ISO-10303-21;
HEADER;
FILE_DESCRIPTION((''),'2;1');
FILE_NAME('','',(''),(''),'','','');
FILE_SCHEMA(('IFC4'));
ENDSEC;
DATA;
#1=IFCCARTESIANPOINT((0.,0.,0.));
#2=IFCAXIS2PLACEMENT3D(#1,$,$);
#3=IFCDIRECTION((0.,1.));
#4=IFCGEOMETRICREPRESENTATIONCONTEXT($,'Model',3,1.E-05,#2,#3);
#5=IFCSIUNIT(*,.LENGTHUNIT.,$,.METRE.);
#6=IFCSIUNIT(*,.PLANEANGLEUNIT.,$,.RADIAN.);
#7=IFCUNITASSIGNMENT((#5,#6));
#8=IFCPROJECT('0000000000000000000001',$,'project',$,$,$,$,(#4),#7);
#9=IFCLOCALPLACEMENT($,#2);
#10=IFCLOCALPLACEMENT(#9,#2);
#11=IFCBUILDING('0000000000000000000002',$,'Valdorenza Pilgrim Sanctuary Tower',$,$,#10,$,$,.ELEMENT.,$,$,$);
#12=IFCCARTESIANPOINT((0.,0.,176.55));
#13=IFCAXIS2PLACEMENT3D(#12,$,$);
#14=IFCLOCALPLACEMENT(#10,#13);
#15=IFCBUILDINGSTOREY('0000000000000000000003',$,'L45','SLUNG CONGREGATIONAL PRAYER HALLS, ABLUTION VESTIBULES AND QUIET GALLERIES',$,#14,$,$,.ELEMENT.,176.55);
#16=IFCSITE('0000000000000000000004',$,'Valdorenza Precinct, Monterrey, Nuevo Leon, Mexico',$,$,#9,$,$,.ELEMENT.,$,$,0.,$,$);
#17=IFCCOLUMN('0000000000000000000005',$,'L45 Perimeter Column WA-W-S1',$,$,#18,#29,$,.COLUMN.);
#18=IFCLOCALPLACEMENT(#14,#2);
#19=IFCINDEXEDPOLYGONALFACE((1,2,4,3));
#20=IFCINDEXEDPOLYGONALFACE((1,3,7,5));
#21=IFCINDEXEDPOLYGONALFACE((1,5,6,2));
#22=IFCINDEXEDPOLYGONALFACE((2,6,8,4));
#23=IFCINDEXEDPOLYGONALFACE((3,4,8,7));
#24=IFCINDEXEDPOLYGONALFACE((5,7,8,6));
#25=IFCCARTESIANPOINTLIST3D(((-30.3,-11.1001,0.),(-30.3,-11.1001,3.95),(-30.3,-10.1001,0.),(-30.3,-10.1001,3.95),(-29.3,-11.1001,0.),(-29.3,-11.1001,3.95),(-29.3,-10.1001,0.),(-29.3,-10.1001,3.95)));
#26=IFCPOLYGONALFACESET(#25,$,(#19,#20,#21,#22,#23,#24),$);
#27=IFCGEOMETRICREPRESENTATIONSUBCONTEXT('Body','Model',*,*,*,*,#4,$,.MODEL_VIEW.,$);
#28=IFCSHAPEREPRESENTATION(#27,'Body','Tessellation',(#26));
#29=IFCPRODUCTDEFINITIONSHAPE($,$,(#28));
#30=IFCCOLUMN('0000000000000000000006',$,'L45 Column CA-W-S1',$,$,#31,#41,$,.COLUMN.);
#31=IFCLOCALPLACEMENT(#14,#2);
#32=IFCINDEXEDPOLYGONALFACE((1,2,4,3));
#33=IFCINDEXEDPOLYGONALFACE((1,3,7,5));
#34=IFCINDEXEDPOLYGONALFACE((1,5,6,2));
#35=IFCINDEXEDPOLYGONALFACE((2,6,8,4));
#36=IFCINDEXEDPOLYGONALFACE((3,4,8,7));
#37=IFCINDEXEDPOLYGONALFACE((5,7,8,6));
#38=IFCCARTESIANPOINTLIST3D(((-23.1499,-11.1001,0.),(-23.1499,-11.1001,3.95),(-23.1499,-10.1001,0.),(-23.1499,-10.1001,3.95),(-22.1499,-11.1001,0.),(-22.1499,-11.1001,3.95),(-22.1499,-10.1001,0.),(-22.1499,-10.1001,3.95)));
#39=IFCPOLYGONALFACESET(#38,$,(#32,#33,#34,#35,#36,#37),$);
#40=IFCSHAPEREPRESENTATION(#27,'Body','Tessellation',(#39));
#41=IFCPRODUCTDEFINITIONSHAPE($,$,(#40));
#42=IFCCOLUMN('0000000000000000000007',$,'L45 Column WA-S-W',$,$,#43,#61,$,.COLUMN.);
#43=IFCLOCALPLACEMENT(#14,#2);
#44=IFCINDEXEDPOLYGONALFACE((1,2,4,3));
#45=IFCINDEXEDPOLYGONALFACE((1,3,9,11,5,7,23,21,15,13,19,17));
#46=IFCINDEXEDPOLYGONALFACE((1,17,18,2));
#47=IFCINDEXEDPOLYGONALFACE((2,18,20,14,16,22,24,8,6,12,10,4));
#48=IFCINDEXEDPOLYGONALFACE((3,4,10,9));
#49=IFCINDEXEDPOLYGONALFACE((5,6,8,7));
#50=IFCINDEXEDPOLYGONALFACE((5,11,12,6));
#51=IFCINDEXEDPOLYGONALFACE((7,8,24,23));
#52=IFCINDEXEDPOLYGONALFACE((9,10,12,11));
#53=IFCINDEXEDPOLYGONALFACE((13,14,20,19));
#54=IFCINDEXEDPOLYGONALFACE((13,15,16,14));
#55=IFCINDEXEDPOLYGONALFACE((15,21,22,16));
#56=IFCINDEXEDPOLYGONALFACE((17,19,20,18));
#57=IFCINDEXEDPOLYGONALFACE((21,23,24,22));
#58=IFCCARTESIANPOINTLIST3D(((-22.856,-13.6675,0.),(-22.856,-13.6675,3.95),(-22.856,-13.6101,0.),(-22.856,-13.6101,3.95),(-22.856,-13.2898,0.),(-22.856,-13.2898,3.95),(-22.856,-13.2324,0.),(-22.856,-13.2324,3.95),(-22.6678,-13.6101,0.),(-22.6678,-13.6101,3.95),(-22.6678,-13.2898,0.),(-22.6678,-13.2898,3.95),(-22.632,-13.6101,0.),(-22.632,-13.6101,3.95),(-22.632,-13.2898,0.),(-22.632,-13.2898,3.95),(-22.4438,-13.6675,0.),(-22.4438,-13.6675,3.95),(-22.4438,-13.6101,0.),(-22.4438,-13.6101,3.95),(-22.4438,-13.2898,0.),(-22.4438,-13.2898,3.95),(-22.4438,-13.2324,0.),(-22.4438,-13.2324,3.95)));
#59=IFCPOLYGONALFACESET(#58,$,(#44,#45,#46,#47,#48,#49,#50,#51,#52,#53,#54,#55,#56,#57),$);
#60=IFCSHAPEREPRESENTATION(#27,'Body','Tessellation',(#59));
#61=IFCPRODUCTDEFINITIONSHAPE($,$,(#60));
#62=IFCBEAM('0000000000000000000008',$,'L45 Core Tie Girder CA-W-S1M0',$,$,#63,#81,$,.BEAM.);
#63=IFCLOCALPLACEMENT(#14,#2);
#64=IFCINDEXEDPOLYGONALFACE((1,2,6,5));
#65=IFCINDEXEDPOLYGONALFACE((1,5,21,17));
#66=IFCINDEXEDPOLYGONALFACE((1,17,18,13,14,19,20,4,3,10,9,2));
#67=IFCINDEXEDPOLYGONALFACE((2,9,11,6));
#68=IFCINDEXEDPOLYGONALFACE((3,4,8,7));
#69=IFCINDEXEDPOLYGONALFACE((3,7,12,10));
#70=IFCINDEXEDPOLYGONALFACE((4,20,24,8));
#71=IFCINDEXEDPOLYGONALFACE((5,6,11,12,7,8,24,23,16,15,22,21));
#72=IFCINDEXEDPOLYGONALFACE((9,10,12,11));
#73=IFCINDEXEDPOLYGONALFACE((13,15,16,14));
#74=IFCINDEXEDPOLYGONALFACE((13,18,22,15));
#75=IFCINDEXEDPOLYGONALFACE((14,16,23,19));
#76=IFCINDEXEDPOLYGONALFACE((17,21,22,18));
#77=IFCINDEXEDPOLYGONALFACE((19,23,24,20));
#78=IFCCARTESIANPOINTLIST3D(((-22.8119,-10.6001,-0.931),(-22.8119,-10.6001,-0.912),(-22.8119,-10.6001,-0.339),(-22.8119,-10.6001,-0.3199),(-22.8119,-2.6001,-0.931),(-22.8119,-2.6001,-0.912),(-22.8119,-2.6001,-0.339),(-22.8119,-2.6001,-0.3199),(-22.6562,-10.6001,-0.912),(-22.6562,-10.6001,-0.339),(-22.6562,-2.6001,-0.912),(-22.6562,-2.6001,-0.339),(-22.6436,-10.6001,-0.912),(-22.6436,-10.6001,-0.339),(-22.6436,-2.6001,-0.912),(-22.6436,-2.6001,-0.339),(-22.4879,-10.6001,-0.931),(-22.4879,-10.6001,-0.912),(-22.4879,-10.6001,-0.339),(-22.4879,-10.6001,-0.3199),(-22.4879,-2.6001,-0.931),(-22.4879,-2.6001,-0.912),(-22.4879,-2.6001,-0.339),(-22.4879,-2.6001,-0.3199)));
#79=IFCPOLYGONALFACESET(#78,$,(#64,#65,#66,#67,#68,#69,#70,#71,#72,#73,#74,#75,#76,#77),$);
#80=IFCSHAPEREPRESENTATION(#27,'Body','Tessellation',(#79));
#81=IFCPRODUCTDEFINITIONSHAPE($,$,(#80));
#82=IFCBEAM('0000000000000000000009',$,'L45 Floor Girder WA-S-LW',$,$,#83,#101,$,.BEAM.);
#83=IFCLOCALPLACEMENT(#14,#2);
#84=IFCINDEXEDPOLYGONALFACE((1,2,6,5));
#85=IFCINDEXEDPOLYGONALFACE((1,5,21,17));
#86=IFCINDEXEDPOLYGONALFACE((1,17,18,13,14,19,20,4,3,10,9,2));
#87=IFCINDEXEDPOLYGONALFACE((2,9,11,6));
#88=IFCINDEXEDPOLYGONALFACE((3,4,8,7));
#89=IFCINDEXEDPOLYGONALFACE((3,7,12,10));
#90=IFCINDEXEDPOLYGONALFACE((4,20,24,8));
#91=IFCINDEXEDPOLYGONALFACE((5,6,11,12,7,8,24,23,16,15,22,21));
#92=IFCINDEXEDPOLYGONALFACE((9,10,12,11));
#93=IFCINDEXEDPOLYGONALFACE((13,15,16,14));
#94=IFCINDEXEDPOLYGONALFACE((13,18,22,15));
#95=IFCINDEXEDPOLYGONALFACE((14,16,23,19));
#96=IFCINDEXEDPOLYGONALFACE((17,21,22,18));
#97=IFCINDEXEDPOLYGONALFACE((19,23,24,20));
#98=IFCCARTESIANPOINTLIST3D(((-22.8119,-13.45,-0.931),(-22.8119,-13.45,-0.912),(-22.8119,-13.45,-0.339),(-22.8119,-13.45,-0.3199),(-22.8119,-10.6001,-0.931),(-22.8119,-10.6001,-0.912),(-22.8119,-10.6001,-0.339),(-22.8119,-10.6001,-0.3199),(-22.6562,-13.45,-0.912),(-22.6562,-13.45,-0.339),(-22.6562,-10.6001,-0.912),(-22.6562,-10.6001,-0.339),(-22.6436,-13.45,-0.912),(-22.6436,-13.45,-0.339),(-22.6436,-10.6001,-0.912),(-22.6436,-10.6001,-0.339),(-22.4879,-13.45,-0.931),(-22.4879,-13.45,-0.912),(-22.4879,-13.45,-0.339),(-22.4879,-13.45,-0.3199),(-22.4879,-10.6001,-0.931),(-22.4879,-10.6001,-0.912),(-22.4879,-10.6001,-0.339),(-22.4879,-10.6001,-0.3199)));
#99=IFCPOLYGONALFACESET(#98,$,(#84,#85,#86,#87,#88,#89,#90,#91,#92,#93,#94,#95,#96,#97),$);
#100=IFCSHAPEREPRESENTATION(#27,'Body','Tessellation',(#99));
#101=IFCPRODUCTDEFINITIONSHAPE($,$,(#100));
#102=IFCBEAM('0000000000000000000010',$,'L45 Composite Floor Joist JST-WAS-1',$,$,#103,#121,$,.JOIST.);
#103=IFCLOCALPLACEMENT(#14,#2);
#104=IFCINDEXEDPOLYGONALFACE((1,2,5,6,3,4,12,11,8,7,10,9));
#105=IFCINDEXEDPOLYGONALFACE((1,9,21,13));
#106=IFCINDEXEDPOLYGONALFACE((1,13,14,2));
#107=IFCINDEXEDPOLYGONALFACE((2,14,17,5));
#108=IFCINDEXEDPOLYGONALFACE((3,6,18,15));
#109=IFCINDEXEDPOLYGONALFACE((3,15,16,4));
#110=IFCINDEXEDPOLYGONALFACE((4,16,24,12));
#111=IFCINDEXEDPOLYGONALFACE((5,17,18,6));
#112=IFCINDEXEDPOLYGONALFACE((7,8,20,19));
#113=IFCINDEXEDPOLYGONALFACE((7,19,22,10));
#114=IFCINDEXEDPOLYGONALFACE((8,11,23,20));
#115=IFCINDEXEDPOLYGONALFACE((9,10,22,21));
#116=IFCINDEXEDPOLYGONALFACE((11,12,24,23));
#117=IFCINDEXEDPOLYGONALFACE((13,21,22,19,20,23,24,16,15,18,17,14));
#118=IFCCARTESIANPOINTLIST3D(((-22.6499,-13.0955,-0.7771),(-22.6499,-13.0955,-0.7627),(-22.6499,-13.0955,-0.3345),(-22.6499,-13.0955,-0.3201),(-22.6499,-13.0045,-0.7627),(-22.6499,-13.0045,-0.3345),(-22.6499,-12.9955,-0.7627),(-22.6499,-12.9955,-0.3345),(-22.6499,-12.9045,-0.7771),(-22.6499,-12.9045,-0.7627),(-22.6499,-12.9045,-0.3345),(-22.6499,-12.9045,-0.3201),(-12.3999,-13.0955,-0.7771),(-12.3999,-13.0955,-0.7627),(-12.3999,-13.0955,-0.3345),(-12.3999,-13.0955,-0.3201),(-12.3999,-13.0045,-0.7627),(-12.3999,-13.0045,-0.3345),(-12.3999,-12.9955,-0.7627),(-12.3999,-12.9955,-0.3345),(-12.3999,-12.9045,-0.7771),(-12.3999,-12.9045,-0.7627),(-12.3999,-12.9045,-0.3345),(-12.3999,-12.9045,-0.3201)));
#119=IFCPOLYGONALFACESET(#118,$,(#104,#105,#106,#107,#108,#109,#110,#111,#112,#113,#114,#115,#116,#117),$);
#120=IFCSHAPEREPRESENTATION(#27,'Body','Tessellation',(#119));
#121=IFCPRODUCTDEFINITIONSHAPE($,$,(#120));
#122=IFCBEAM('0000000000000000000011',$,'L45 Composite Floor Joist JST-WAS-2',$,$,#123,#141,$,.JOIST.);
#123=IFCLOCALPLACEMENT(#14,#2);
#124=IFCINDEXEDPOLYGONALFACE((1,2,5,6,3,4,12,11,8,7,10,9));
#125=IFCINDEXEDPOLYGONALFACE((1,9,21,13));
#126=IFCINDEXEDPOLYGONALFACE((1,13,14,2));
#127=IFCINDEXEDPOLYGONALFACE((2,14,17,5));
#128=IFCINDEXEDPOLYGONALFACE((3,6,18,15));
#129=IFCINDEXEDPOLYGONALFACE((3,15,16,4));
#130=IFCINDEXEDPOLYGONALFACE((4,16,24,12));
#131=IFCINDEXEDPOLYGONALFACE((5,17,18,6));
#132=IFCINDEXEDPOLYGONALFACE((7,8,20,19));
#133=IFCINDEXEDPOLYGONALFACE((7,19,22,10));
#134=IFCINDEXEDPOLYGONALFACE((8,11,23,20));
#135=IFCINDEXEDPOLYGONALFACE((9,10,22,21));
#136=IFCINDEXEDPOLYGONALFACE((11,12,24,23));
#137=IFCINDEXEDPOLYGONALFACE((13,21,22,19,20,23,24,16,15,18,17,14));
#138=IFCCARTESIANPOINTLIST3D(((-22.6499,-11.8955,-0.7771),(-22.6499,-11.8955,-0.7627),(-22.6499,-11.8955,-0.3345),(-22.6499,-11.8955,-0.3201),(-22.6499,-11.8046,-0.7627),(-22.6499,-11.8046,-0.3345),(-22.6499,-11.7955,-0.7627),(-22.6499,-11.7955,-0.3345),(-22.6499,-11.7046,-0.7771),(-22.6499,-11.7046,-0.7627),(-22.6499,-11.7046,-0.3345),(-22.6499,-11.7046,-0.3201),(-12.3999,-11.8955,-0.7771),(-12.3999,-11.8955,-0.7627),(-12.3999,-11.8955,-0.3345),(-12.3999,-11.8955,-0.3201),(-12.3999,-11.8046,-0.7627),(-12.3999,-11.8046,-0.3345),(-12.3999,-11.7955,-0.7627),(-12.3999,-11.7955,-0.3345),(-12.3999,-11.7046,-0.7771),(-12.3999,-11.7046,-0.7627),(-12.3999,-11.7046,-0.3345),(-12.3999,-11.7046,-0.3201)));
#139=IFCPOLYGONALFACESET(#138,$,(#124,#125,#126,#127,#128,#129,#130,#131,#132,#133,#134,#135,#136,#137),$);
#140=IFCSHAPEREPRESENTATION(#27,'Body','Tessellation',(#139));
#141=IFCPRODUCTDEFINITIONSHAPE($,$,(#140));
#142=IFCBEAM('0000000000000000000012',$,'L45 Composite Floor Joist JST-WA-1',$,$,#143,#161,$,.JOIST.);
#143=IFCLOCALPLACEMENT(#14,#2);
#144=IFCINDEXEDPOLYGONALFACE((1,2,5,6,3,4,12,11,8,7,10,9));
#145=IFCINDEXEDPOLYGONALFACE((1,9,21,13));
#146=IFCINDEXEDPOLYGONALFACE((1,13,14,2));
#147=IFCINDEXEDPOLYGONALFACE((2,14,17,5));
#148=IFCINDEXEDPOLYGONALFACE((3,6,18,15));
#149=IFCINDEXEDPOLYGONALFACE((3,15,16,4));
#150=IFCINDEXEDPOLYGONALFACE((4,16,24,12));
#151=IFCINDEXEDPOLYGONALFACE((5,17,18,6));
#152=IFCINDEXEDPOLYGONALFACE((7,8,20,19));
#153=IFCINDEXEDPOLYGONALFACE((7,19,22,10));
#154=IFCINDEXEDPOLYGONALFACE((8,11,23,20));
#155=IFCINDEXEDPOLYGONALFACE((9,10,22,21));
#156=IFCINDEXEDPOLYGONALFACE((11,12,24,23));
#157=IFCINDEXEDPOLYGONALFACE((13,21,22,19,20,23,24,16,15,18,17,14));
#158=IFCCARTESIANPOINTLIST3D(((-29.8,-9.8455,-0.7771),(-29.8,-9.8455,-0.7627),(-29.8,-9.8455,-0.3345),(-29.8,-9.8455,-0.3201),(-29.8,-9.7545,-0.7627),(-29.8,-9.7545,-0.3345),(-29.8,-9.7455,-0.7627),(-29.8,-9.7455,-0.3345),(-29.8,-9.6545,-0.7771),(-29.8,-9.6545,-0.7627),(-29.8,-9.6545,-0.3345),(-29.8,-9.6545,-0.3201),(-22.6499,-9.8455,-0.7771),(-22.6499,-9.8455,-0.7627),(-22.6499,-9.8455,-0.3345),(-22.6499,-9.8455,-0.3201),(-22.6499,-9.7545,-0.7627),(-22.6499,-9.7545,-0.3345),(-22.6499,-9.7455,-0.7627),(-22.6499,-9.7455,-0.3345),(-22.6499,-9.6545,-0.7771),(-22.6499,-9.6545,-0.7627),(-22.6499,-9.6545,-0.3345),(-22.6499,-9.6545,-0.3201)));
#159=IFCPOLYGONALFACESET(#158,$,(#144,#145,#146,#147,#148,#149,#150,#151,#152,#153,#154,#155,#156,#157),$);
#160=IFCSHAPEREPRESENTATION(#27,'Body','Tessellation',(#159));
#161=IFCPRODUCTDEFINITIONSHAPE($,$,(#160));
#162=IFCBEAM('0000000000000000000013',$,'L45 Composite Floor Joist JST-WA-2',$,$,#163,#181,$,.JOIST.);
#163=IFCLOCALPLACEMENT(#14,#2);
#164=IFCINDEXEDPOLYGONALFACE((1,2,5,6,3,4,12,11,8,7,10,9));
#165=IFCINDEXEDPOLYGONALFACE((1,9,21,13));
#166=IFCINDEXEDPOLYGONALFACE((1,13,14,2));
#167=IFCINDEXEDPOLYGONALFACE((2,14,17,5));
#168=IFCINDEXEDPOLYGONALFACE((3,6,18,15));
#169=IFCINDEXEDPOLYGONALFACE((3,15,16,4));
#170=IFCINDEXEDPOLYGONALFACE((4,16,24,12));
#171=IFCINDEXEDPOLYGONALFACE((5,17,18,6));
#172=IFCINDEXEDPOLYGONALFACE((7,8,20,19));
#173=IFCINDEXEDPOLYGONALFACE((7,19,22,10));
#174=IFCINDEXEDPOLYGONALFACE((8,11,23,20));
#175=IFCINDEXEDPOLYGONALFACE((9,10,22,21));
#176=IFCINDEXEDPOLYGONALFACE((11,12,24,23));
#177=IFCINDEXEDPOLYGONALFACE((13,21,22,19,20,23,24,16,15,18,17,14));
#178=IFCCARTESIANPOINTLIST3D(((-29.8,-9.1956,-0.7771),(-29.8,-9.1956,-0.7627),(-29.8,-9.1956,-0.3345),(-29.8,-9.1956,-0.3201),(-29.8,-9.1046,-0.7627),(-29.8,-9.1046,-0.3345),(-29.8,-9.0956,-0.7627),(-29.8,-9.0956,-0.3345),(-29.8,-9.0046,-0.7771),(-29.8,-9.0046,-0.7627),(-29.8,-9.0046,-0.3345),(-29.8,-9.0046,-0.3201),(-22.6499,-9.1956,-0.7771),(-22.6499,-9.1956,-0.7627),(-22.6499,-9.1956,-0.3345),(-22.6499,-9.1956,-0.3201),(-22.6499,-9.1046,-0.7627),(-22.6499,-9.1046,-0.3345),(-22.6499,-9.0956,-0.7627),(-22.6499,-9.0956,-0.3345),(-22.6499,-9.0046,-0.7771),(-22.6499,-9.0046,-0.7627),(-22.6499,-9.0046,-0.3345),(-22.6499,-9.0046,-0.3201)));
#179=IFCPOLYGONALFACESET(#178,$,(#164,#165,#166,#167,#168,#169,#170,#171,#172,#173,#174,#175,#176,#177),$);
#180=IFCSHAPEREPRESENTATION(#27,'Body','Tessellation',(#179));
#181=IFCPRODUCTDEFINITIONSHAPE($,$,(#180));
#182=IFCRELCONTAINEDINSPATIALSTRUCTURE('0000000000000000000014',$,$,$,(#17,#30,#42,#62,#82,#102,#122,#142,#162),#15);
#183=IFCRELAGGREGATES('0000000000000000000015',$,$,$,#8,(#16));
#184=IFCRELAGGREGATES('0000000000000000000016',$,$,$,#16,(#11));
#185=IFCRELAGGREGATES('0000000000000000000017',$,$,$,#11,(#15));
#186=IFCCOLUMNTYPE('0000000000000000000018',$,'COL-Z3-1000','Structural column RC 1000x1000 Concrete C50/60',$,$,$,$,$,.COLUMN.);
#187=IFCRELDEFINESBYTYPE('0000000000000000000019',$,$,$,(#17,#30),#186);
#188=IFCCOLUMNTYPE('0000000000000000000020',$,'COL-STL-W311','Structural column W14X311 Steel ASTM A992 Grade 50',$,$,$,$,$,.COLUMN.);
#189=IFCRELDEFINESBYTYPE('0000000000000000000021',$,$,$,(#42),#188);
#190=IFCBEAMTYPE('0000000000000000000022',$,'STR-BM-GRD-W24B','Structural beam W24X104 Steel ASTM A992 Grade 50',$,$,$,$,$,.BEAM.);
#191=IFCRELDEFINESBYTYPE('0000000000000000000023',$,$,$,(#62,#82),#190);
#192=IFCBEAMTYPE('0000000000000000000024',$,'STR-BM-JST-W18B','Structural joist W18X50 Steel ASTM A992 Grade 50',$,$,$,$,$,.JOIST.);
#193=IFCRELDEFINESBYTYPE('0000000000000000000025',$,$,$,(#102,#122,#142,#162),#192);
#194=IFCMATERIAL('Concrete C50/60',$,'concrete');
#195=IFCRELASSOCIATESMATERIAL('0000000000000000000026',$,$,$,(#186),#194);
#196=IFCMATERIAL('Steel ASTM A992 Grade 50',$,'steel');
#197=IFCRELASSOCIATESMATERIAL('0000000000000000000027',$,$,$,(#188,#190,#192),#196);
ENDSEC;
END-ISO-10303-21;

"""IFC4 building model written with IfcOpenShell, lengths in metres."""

from ifc_helpers import new_model, si_unit, direction, frame, origin, origin_2d, place, context, subcontext, project, spatial, rectangle, i_section, extrude, source, transform, mapped, material, material_profile, profile_set, type_object, element, save


model = new_model("IFC4")

# Units and contexts
model_context = context("Model", 3, precision=1e-05, world=origin(), true_north=direction((0.0, 1.0)))
body_context = subcontext(model_context, "Body", "Model", "MODEL_VIEW")
ifc_project = project(units=[si_unit("LENGTHUNIT", "METRE"), si_unit("PLANEANGLEUNIT", "RADIAN")], contexts=[model_context])

# Site, building, storey
site_placement = place(None, origin())
site = spatial("IfcSite", under=ifc_project, at=site_placement, Name="Valdorenza Precinct, Monterrey, Nuevo Leon, Mexico", CompositionType="ELEMENT", RefElevation=0.0)
building_placement = place(site_placement, origin())
building = spatial("IfcBuilding", under=site, at=building_placement, Name="Valdorenza Pilgrim Sanctuary Tower", CompositionType="ELEMENT")
storey_placement = place(building_placement, frame((0.0, 0.0, 176.55)))
storey = spatial("IfcBuildingStorey", under=building, at=storey_placement, Name="L45", Description="SLUNG CONGREGATIONAL PRAYER HALLS, ABLUTION VESTIBULES AND QUIET GALLERIES", CompositionType="ELEMENT", Elevation=176.55)

# Columns
ifc_material_1 = material(Name="Concrete C50/60", Category="concrete")
ifc_material_profile_1 = material_profile(ifc_material_1, rectangle(XDim=1.0, YDim=1.0, at=origin_2d()), Name="RC 1000x1000")
ifc_profile_set_1 = profile_set([ifc_material_profile_1], Name="Concrete C50/60")
column_type_1 = type_object("IfcColumnType", Name="COL-Z3-1000", Description="Structural column RC 1000x1000 Concrete C50/60", PredefinedType="COLUMN", material=ifc_profile_set_1)
shared_shape_1 = source(origin(), body_context, "Body", "SweptSolid", [
    extrude(rectangle(XDim=1.0, YDim=1.0, at=origin_2d()), origin(), (0.0, 0.0, 1.0), 3.95),
])
for number, where, z_axis, x_axis, name in (
    (1, (-29.8, -10.6001, 0.0), (0.0, 0.0, 1.0), (1.0, 0.0, 0.0), "L45 Perimeter Column WA-W-S1"),
    (2, (-22.6499, -10.6001, 0.0), (0.0, 0.0, 1.0), (1.0, 0.0, 0.0), "L45 Column CA-W-S1"),
):
    element("IfcColumn", number, at=place(storey_placement, frame(where, z_axis=z_axis, x_axis=x_axis)), inside=storey, type_object=column_type_1, Name=name, PredefinedType="COLUMN", context=body_context, shape_type="MappedRepresentation", body=[
        mapped(shared_shape_1, transform((0.0, 0.0, 0.0), x_axis=(1.0, 0.0, 0.0), y_axis=(0.0, 1.0, 0.0), z_axis=(0.0, 0.0, 1.0), scale=1.0)),
    ])
ifc_material_2 = material(Name="Steel ASTM A992 Grade 50", Category="steel")
ifc_material_profile_2 = material_profile(ifc_material_2, i_section(OverallWidth=0.4121, OverallDepth=0.4351, WebThickness=0.0359, FlangeThickness=0.0574, at=origin_2d()), Name="W14X311")
ifc_profile_set_2 = profile_set([ifc_material_profile_2], Name="Steel ASTM A992 Grade 50")
column_type_2 = type_object("IfcColumnType", Name="COL-STL-W311", Description="Structural column W14X311 Steel ASTM A992 Grade 50", PredefinedType="COLUMN", material=ifc_profile_set_2)
shared_shape_2 = source(origin(), body_context, "Body", "SweptSolid", [
    extrude(i_section(OverallWidth=0.4121, OverallDepth=0.4351, WebThickness=0.0359, FlangeThickness=0.0574, at=origin_2d()), origin(), (0.0, 0.0, 1.0), 3.95),
])
column_placement = place(storey_placement, frame((-22.6499, -13.45, 0.0), z_axis=(0.0, 0.0, 1.0), x_axis=(1.0, 0.0, 0.0)))
element("IfcColumn", 3, at=column_placement, inside=storey, type_object=column_type_2, Name="L45 Column WA-S-W", PredefinedType="COLUMN", context=body_context, shape_type="MappedRepresentation", body=[
    mapped(shared_shape_2, transform((0.0, 0.0, 0.0), x_axis=(1.0, 0.0, 0.0), y_axis=(0.0, 1.0, 0.0), z_axis=(0.0, 0.0, 1.0), scale=1.0)),
])

# Beams
ifc_material_profile_3 = material_profile(ifc_material_2, i_section(OverallWidth=0.324, OverallDepth=0.6111, WebThickness=0.0127, FlangeThickness=0.019, at=origin_2d()), Name="W24X104")
ifc_profile_set_3 = profile_set([ifc_material_profile_3], Name="Steel ASTM A992 Grade 50")
beam_type_1 = type_object("IfcBeamType", Name="STR-BM-GRD-W24B", Description="Structural beam W24X104 Steel ASTM A992 Grade 50", PredefinedType="BEAM", material=ifc_profile_set_3)
shared_shape_3 = source(origin(), body_context, "Body", "SweptSolid", [
    extrude(i_section(OverallWidth=0.324, OverallDepth=0.6111, WebThickness=0.0127, FlangeThickness=0.019, at=origin_2d()), origin(), (0.0, 0.0, 1.0), 8.0),
])
beam_1_placement = place(storey_placement, frame((-22.6499, -10.6001, -0.6255), z_axis=(0.0, 1.0, 0.0), x_axis=(-1.0, 0.0, 0.0)))
element("IfcBeam", 4, at=beam_1_placement, inside=storey, type_object=beam_type_1, Name="L45 Core Tie Girder CA-W-S1M0", PredefinedType="BEAM", context=body_context, shape_type="MappedRepresentation", body=[
    mapped(shared_shape_3, transform((0.0, 0.0, 0.0), x_axis=(1.0, 0.0, 0.0), y_axis=(0.0, 1.0, 0.0), z_axis=(0.0, 0.0, 1.0), scale=1.0)),
])
shared_shape_4 = source(origin(), body_context, "Body", "SweptSolid", [
    extrude(i_section(OverallWidth=0.324, OverallDepth=0.6111, WebThickness=0.0127, FlangeThickness=0.019, at=origin_2d()), origin(), (0.0, 0.0, 1.0), 2.8499),
])
beam_2_placement = place(storey_placement, frame((-22.6499, -13.45, -0.6255), z_axis=(0.0, 1.0, 0.0), x_axis=(-1.0, 0.0, 0.0)))
element("IfcBeam", 5, at=beam_2_placement, inside=storey, type_object=beam_type_1, Name="L45 Floor Girder WA-S-LW", PredefinedType="BEAM", context=body_context, shape_type="MappedRepresentation", body=[
    mapped(shared_shape_4, transform((0.0, 0.0, 0.0), x_axis=(1.0, 0.0, 0.0), y_axis=(0.0, 1.0, 0.0), z_axis=(0.0, 0.0, 1.0), scale=1.0)),
])
ifc_material_profile_4 = material_profile(ifc_material_2, i_section(OverallWidth=0.1909, OverallDepth=0.457, WebThickness=0.009, FlangeThickness=0.0144, at=origin_2d()), Name="W18X50")
ifc_profile_set_4 = profile_set([ifc_material_profile_4], Name="Steel ASTM A992 Grade 50")
beam_type_2 = type_object("IfcBeamType", Name="STR-BM-JST-W18B", Description="Structural joist W18X50 Steel ASTM A992 Grade 50", PredefinedType="JOIST", material=ifc_profile_set_4)
shared_shape_5 = source(origin(), body_context, "Body", "SweptSolid", [
    extrude(i_section(OverallWidth=0.1909, OverallDepth=0.457, WebThickness=0.009, FlangeThickness=0.0144, at=origin_2d()), origin(), (0.0, 0.0, 1.0), 10.25),
])
for number, where, z_axis, x_axis, name in (
    (6, (-22.6499, -13.0, -0.5486), (1.0, 0.0, 0.0), (0.0, 1.0, 0.0), "L45 Composite Floor Joist JST-WAS-1"),
    (7, (-22.6499, -11.8, -0.5486), (1.0, 0.0, 0.0), (0.0, 1.0, 0.0), "L45 Composite Floor Joist JST-WAS-2"),
):
    element("IfcBeam", number, at=place(storey_placement, frame(where, z_axis=z_axis, x_axis=x_axis)), inside=storey, type_object=beam_type_2, Name=name, PredefinedType="JOIST", context=body_context, shape_type="MappedRepresentation", body=[
        mapped(shared_shape_5, transform((0.0, 0.0, 0.0), x_axis=(1.0, 0.0, 0.0), y_axis=(0.0, 1.0, 0.0), z_axis=(0.0, 0.0, 1.0), scale=1.0)),
    ])
shared_shape_6 = source(origin(), body_context, "Body", "SweptSolid", [
    extrude(i_section(OverallWidth=0.1909, OverallDepth=0.457, WebThickness=0.009, FlangeThickness=0.0144, at=origin_2d()), origin(), (0.0, 0.0, 1.0), 7.1501),
])
for number, where, z_axis, x_axis, name in (
    (8, (-29.8, -9.75, -0.5486), (1.0, 0.0, 0.0), (0.0, 1.0, 0.0), "L45 Composite Floor Joist JST-WA-1"),
    (9, (-29.8, -9.1001, -0.5486), (1.0, 0.0, 0.0), (0.0, 1.0, 0.0), "L45 Composite Floor Joist JST-WA-2"),
):
    element("IfcBeam", number, at=place(storey_placement, frame(where, z_axis=z_axis, x_axis=x_axis)), inside=storey, type_object=beam_type_2, Name=name, PredefinedType="JOIST", context=body_context, shape_type="MappedRepresentation", body=[
        mapped(shared_shape_6, transform((0.0, 0.0, 0.0), x_axis=(1.0, 0.0, 0.0), y_axis=(0.0, 1.0, 0.0), z_axis=(0.0, 0.0, 1.0), scale=1.0)),
    ])

save(model, "model.ifc")
